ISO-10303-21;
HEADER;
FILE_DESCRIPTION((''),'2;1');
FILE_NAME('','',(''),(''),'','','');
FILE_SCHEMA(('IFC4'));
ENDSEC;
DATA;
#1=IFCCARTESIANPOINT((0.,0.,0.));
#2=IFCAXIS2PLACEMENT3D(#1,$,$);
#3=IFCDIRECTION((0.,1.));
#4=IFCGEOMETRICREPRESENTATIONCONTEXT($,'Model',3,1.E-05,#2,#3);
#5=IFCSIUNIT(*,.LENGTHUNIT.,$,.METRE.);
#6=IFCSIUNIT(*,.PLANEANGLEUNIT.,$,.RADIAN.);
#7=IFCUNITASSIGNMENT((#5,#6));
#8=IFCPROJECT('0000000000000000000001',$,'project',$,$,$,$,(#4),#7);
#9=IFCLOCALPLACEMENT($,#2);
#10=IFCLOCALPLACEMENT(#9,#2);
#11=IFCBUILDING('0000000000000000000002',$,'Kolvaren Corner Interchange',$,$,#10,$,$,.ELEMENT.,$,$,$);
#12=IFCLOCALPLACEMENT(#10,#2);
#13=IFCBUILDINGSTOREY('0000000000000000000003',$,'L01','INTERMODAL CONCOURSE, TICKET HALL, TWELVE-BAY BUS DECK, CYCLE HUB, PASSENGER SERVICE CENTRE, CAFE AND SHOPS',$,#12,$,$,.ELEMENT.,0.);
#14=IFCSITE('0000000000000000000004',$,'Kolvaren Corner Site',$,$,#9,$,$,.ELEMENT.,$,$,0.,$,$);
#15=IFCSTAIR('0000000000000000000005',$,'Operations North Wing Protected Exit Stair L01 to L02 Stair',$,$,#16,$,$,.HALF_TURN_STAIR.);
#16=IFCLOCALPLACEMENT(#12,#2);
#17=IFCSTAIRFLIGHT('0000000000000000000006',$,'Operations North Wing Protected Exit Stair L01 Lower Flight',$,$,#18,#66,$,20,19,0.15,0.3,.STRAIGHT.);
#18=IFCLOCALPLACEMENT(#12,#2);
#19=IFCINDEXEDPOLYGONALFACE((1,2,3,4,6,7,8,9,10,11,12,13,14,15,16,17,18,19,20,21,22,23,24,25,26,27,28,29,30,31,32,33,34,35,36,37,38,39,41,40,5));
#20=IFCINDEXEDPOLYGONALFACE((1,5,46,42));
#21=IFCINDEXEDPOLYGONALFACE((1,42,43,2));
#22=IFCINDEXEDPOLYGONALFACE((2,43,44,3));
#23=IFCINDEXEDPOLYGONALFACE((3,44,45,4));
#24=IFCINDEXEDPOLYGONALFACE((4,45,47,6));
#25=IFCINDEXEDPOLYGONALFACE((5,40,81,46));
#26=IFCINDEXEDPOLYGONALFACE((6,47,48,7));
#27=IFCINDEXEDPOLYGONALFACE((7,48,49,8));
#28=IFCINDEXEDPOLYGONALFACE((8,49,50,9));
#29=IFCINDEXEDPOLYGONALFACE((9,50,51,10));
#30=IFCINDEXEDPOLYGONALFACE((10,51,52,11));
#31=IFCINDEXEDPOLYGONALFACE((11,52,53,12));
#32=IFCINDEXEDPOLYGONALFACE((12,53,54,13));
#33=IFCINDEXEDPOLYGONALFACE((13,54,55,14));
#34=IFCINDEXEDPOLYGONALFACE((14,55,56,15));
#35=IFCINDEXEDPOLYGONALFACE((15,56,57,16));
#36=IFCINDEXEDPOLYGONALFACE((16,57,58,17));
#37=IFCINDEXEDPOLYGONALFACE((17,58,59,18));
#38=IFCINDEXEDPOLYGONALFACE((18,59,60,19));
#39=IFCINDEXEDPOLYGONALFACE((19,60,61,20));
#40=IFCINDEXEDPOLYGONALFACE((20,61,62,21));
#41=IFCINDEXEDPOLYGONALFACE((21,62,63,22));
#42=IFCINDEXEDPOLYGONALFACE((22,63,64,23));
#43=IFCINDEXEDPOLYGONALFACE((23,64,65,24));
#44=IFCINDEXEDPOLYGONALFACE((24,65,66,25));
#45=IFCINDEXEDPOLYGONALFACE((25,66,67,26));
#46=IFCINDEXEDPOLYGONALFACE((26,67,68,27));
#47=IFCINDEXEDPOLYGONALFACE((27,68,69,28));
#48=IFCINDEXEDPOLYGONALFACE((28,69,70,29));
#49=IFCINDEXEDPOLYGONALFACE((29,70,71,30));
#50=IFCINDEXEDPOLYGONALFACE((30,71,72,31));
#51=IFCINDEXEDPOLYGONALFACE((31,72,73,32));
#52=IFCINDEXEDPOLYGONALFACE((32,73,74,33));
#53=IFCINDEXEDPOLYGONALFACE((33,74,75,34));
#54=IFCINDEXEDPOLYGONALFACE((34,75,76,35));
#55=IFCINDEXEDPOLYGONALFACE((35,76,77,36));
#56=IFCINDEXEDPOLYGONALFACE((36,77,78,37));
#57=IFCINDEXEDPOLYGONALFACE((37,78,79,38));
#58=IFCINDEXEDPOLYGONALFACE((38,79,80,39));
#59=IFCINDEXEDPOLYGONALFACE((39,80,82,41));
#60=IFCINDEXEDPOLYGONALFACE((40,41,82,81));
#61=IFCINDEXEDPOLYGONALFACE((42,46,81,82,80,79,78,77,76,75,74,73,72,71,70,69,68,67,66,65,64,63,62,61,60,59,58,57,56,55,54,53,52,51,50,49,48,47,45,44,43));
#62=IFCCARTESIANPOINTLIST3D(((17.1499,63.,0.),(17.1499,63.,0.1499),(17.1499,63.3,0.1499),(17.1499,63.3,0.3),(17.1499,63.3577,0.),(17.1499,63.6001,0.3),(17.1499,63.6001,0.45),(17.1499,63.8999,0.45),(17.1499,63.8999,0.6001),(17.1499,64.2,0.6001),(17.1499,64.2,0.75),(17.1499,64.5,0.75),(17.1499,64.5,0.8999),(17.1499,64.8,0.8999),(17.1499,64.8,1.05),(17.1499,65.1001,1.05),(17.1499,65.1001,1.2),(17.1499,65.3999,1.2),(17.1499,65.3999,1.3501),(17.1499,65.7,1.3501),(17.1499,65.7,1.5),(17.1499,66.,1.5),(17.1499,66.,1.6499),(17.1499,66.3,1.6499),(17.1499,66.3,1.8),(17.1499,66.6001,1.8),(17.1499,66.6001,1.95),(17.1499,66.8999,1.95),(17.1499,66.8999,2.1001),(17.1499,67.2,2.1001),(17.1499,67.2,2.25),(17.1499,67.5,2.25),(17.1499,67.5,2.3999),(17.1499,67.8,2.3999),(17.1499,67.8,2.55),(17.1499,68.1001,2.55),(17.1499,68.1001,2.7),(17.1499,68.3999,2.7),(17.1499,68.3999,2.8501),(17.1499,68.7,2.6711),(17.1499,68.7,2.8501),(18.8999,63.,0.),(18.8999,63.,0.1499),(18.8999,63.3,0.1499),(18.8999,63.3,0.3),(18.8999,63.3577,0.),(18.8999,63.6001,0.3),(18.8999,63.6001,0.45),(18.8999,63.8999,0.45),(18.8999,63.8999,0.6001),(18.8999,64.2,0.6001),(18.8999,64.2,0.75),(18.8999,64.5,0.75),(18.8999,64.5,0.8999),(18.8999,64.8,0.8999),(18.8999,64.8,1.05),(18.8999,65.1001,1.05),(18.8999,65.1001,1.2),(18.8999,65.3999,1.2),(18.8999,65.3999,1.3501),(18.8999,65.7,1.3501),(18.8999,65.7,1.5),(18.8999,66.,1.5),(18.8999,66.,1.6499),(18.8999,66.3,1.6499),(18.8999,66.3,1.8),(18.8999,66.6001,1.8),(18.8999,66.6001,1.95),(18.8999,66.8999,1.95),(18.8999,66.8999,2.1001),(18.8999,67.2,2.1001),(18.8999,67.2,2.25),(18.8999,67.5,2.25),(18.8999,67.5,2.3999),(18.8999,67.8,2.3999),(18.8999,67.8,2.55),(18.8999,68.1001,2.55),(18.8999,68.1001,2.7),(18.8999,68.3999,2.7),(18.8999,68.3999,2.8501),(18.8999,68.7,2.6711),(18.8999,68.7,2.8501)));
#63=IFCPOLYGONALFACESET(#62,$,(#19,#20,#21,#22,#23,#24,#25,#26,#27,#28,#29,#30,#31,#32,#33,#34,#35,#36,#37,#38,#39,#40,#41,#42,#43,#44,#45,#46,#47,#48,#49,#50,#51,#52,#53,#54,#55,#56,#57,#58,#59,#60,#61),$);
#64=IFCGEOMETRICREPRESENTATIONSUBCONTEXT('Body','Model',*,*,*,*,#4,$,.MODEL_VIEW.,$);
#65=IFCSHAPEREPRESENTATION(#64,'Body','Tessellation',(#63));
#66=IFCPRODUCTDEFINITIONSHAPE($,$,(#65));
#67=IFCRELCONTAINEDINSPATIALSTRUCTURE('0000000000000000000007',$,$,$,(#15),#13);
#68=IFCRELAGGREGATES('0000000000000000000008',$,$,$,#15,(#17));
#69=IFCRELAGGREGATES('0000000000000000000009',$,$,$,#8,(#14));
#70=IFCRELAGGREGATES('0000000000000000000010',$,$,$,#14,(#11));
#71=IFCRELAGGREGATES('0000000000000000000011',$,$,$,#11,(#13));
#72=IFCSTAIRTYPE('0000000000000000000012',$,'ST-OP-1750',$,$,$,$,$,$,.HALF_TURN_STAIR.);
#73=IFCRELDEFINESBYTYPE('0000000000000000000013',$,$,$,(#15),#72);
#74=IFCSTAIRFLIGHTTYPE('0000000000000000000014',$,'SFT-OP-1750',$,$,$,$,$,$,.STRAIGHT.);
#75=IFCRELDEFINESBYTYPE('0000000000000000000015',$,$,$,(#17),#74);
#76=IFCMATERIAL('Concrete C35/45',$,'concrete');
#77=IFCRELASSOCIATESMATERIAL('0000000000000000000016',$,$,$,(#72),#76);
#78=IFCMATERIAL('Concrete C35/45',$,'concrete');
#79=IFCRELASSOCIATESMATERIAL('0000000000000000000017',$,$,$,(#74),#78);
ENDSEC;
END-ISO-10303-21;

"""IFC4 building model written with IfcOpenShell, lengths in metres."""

from ifc_helpers import new_model, si_unit, direction, frame, origin, place, context, subcontext, project, spatial, polyline, outline, extrude, material, type_object, element, aggregate, save


model = new_model("IFC4")

# Units and contexts
model_context = context("Model", 3, precision=1e-05, world=origin(), true_north=direction((0.0, 1.0)))
body_context = subcontext(model_context, "Body", "Model", "MODEL_VIEW")
ifc_project = project(units=[si_unit("LENGTHUNIT", "METRE"), si_unit("PLANEANGLEUNIT", "RADIAN")], contexts=[model_context])

# Site, building, storey
site_placement = place(None, origin())
site = spatial("IfcSite", under=ifc_project, at=site_placement, Name="Kolvaren Corner Site", CompositionType="ELEMENT", RefElevation=0.0)
building_placement = place(site_placement, origin())
building = spatial("IfcBuilding", under=site, at=building_placement, Name="Kolvaren Corner Interchange", CompositionType="ELEMENT")
storey_placement = place(building_placement, origin())
storey = spatial("IfcBuildingStorey", under=building, at=storey_placement, Name="L01", Description="INTERMODAL CONCOURSE, TICKET HALL, TWELVE-BAY BUS DECK, CYCLE HUB, PASSENGER SERVICE CENTRE, CAFE AND SHOPS", CompositionType="ELEMENT", Elevation=0.0)

# Stair, stair flight
ifc_material_1 = material(Name="Concrete C35/45", Category="concrete")
stair_type = type_object("IfcStairType", Name="ST-OP-1750", PredefinedType="HALF_TURN_STAIR", material=ifc_material_1)
stair_placement = place(storey_placement, origin())
stair = element("IfcStair", 1, at=stair_placement, inside=storey, type_object=stair_type, Name="Operations North Wing Protected Exit Stair L01 to L02 Stair", PredefinedType="HALF_TURN_STAIR")
ifc_material_2 = material(Name="Concrete C35/45", Category="concrete")
stair_flight_type = type_object("IfcStairFlightType", Name="SFT-OP-1750", PredefinedType="STRAIGHT", material=ifc_material_2)
stair_flight_placement = place(storey_placement, frame((18.0249, 63.0, 0.0), z_axis=(0.0, 0.0, 1.0), x_axis=(0.0, 1.0, 0.0)))
stair_flight = element("IfcStairFlight", 2, at=stair_flight_placement, type_object=stair_flight_type, Name="Operations North Wing Protected Exit Stair L01 Lower Flight", NumberOfRisers=20, NumberOfTreads=19, PredefinedType="STRAIGHT", RiserHeight=0.15, TreadLength=0.3, context=body_context, shape_type="SweptSolid", body=[
    extrude(outline(polyline([(0.0, 0.0), (0.0, 0.1499), (0.3, 0.1499), (0.3, 0.3), (0.6001, 0.3), (0.6001, 0.45), (0.8999, 0.45), (0.8999, 0.6001), (1.2, 0.6001), (1.2, 0.75), (1.5, 0.75), (1.5, 0.8999), (1.8, 0.8999), (1.8, 1.05), (2.1001, 1.05), (2.1001, 1.2), (2.3999, 1.2), (2.3999, 1.3501), (2.7, 1.3501), (2.7, 1.5), (3.0, 1.5), (3.0, 1.6499), (3.3, 1.6499), (3.3, 1.8), (3.6001, 1.8), (3.6001, 1.95), (3.8999, 1.95), (3.8999, 2.1001), (4.2, 2.1001), (4.2, 2.25), (4.5, 2.25), (4.5, 2.3999), (4.8, 2.3999), (4.8, 2.55), (5.1001, 2.55), (5.1001, 2.7), (5.3999, 2.7), (5.3999, 2.8501), (5.7, 2.8501), (5.7, 3.0), (5.7, 2.6711), (0.3577, 0.0), (0.0, 0.0)])), frame((0.0, 0.875, 0.0), z_axis=(0.0, -1.0, 0.0), x_axis=(1.0, 0.0, 0.0)), (0.0, 0.0, 1.0), 1.75),
])
aggregate(stair, [stair_flight])

save(model, "model.ifc")
